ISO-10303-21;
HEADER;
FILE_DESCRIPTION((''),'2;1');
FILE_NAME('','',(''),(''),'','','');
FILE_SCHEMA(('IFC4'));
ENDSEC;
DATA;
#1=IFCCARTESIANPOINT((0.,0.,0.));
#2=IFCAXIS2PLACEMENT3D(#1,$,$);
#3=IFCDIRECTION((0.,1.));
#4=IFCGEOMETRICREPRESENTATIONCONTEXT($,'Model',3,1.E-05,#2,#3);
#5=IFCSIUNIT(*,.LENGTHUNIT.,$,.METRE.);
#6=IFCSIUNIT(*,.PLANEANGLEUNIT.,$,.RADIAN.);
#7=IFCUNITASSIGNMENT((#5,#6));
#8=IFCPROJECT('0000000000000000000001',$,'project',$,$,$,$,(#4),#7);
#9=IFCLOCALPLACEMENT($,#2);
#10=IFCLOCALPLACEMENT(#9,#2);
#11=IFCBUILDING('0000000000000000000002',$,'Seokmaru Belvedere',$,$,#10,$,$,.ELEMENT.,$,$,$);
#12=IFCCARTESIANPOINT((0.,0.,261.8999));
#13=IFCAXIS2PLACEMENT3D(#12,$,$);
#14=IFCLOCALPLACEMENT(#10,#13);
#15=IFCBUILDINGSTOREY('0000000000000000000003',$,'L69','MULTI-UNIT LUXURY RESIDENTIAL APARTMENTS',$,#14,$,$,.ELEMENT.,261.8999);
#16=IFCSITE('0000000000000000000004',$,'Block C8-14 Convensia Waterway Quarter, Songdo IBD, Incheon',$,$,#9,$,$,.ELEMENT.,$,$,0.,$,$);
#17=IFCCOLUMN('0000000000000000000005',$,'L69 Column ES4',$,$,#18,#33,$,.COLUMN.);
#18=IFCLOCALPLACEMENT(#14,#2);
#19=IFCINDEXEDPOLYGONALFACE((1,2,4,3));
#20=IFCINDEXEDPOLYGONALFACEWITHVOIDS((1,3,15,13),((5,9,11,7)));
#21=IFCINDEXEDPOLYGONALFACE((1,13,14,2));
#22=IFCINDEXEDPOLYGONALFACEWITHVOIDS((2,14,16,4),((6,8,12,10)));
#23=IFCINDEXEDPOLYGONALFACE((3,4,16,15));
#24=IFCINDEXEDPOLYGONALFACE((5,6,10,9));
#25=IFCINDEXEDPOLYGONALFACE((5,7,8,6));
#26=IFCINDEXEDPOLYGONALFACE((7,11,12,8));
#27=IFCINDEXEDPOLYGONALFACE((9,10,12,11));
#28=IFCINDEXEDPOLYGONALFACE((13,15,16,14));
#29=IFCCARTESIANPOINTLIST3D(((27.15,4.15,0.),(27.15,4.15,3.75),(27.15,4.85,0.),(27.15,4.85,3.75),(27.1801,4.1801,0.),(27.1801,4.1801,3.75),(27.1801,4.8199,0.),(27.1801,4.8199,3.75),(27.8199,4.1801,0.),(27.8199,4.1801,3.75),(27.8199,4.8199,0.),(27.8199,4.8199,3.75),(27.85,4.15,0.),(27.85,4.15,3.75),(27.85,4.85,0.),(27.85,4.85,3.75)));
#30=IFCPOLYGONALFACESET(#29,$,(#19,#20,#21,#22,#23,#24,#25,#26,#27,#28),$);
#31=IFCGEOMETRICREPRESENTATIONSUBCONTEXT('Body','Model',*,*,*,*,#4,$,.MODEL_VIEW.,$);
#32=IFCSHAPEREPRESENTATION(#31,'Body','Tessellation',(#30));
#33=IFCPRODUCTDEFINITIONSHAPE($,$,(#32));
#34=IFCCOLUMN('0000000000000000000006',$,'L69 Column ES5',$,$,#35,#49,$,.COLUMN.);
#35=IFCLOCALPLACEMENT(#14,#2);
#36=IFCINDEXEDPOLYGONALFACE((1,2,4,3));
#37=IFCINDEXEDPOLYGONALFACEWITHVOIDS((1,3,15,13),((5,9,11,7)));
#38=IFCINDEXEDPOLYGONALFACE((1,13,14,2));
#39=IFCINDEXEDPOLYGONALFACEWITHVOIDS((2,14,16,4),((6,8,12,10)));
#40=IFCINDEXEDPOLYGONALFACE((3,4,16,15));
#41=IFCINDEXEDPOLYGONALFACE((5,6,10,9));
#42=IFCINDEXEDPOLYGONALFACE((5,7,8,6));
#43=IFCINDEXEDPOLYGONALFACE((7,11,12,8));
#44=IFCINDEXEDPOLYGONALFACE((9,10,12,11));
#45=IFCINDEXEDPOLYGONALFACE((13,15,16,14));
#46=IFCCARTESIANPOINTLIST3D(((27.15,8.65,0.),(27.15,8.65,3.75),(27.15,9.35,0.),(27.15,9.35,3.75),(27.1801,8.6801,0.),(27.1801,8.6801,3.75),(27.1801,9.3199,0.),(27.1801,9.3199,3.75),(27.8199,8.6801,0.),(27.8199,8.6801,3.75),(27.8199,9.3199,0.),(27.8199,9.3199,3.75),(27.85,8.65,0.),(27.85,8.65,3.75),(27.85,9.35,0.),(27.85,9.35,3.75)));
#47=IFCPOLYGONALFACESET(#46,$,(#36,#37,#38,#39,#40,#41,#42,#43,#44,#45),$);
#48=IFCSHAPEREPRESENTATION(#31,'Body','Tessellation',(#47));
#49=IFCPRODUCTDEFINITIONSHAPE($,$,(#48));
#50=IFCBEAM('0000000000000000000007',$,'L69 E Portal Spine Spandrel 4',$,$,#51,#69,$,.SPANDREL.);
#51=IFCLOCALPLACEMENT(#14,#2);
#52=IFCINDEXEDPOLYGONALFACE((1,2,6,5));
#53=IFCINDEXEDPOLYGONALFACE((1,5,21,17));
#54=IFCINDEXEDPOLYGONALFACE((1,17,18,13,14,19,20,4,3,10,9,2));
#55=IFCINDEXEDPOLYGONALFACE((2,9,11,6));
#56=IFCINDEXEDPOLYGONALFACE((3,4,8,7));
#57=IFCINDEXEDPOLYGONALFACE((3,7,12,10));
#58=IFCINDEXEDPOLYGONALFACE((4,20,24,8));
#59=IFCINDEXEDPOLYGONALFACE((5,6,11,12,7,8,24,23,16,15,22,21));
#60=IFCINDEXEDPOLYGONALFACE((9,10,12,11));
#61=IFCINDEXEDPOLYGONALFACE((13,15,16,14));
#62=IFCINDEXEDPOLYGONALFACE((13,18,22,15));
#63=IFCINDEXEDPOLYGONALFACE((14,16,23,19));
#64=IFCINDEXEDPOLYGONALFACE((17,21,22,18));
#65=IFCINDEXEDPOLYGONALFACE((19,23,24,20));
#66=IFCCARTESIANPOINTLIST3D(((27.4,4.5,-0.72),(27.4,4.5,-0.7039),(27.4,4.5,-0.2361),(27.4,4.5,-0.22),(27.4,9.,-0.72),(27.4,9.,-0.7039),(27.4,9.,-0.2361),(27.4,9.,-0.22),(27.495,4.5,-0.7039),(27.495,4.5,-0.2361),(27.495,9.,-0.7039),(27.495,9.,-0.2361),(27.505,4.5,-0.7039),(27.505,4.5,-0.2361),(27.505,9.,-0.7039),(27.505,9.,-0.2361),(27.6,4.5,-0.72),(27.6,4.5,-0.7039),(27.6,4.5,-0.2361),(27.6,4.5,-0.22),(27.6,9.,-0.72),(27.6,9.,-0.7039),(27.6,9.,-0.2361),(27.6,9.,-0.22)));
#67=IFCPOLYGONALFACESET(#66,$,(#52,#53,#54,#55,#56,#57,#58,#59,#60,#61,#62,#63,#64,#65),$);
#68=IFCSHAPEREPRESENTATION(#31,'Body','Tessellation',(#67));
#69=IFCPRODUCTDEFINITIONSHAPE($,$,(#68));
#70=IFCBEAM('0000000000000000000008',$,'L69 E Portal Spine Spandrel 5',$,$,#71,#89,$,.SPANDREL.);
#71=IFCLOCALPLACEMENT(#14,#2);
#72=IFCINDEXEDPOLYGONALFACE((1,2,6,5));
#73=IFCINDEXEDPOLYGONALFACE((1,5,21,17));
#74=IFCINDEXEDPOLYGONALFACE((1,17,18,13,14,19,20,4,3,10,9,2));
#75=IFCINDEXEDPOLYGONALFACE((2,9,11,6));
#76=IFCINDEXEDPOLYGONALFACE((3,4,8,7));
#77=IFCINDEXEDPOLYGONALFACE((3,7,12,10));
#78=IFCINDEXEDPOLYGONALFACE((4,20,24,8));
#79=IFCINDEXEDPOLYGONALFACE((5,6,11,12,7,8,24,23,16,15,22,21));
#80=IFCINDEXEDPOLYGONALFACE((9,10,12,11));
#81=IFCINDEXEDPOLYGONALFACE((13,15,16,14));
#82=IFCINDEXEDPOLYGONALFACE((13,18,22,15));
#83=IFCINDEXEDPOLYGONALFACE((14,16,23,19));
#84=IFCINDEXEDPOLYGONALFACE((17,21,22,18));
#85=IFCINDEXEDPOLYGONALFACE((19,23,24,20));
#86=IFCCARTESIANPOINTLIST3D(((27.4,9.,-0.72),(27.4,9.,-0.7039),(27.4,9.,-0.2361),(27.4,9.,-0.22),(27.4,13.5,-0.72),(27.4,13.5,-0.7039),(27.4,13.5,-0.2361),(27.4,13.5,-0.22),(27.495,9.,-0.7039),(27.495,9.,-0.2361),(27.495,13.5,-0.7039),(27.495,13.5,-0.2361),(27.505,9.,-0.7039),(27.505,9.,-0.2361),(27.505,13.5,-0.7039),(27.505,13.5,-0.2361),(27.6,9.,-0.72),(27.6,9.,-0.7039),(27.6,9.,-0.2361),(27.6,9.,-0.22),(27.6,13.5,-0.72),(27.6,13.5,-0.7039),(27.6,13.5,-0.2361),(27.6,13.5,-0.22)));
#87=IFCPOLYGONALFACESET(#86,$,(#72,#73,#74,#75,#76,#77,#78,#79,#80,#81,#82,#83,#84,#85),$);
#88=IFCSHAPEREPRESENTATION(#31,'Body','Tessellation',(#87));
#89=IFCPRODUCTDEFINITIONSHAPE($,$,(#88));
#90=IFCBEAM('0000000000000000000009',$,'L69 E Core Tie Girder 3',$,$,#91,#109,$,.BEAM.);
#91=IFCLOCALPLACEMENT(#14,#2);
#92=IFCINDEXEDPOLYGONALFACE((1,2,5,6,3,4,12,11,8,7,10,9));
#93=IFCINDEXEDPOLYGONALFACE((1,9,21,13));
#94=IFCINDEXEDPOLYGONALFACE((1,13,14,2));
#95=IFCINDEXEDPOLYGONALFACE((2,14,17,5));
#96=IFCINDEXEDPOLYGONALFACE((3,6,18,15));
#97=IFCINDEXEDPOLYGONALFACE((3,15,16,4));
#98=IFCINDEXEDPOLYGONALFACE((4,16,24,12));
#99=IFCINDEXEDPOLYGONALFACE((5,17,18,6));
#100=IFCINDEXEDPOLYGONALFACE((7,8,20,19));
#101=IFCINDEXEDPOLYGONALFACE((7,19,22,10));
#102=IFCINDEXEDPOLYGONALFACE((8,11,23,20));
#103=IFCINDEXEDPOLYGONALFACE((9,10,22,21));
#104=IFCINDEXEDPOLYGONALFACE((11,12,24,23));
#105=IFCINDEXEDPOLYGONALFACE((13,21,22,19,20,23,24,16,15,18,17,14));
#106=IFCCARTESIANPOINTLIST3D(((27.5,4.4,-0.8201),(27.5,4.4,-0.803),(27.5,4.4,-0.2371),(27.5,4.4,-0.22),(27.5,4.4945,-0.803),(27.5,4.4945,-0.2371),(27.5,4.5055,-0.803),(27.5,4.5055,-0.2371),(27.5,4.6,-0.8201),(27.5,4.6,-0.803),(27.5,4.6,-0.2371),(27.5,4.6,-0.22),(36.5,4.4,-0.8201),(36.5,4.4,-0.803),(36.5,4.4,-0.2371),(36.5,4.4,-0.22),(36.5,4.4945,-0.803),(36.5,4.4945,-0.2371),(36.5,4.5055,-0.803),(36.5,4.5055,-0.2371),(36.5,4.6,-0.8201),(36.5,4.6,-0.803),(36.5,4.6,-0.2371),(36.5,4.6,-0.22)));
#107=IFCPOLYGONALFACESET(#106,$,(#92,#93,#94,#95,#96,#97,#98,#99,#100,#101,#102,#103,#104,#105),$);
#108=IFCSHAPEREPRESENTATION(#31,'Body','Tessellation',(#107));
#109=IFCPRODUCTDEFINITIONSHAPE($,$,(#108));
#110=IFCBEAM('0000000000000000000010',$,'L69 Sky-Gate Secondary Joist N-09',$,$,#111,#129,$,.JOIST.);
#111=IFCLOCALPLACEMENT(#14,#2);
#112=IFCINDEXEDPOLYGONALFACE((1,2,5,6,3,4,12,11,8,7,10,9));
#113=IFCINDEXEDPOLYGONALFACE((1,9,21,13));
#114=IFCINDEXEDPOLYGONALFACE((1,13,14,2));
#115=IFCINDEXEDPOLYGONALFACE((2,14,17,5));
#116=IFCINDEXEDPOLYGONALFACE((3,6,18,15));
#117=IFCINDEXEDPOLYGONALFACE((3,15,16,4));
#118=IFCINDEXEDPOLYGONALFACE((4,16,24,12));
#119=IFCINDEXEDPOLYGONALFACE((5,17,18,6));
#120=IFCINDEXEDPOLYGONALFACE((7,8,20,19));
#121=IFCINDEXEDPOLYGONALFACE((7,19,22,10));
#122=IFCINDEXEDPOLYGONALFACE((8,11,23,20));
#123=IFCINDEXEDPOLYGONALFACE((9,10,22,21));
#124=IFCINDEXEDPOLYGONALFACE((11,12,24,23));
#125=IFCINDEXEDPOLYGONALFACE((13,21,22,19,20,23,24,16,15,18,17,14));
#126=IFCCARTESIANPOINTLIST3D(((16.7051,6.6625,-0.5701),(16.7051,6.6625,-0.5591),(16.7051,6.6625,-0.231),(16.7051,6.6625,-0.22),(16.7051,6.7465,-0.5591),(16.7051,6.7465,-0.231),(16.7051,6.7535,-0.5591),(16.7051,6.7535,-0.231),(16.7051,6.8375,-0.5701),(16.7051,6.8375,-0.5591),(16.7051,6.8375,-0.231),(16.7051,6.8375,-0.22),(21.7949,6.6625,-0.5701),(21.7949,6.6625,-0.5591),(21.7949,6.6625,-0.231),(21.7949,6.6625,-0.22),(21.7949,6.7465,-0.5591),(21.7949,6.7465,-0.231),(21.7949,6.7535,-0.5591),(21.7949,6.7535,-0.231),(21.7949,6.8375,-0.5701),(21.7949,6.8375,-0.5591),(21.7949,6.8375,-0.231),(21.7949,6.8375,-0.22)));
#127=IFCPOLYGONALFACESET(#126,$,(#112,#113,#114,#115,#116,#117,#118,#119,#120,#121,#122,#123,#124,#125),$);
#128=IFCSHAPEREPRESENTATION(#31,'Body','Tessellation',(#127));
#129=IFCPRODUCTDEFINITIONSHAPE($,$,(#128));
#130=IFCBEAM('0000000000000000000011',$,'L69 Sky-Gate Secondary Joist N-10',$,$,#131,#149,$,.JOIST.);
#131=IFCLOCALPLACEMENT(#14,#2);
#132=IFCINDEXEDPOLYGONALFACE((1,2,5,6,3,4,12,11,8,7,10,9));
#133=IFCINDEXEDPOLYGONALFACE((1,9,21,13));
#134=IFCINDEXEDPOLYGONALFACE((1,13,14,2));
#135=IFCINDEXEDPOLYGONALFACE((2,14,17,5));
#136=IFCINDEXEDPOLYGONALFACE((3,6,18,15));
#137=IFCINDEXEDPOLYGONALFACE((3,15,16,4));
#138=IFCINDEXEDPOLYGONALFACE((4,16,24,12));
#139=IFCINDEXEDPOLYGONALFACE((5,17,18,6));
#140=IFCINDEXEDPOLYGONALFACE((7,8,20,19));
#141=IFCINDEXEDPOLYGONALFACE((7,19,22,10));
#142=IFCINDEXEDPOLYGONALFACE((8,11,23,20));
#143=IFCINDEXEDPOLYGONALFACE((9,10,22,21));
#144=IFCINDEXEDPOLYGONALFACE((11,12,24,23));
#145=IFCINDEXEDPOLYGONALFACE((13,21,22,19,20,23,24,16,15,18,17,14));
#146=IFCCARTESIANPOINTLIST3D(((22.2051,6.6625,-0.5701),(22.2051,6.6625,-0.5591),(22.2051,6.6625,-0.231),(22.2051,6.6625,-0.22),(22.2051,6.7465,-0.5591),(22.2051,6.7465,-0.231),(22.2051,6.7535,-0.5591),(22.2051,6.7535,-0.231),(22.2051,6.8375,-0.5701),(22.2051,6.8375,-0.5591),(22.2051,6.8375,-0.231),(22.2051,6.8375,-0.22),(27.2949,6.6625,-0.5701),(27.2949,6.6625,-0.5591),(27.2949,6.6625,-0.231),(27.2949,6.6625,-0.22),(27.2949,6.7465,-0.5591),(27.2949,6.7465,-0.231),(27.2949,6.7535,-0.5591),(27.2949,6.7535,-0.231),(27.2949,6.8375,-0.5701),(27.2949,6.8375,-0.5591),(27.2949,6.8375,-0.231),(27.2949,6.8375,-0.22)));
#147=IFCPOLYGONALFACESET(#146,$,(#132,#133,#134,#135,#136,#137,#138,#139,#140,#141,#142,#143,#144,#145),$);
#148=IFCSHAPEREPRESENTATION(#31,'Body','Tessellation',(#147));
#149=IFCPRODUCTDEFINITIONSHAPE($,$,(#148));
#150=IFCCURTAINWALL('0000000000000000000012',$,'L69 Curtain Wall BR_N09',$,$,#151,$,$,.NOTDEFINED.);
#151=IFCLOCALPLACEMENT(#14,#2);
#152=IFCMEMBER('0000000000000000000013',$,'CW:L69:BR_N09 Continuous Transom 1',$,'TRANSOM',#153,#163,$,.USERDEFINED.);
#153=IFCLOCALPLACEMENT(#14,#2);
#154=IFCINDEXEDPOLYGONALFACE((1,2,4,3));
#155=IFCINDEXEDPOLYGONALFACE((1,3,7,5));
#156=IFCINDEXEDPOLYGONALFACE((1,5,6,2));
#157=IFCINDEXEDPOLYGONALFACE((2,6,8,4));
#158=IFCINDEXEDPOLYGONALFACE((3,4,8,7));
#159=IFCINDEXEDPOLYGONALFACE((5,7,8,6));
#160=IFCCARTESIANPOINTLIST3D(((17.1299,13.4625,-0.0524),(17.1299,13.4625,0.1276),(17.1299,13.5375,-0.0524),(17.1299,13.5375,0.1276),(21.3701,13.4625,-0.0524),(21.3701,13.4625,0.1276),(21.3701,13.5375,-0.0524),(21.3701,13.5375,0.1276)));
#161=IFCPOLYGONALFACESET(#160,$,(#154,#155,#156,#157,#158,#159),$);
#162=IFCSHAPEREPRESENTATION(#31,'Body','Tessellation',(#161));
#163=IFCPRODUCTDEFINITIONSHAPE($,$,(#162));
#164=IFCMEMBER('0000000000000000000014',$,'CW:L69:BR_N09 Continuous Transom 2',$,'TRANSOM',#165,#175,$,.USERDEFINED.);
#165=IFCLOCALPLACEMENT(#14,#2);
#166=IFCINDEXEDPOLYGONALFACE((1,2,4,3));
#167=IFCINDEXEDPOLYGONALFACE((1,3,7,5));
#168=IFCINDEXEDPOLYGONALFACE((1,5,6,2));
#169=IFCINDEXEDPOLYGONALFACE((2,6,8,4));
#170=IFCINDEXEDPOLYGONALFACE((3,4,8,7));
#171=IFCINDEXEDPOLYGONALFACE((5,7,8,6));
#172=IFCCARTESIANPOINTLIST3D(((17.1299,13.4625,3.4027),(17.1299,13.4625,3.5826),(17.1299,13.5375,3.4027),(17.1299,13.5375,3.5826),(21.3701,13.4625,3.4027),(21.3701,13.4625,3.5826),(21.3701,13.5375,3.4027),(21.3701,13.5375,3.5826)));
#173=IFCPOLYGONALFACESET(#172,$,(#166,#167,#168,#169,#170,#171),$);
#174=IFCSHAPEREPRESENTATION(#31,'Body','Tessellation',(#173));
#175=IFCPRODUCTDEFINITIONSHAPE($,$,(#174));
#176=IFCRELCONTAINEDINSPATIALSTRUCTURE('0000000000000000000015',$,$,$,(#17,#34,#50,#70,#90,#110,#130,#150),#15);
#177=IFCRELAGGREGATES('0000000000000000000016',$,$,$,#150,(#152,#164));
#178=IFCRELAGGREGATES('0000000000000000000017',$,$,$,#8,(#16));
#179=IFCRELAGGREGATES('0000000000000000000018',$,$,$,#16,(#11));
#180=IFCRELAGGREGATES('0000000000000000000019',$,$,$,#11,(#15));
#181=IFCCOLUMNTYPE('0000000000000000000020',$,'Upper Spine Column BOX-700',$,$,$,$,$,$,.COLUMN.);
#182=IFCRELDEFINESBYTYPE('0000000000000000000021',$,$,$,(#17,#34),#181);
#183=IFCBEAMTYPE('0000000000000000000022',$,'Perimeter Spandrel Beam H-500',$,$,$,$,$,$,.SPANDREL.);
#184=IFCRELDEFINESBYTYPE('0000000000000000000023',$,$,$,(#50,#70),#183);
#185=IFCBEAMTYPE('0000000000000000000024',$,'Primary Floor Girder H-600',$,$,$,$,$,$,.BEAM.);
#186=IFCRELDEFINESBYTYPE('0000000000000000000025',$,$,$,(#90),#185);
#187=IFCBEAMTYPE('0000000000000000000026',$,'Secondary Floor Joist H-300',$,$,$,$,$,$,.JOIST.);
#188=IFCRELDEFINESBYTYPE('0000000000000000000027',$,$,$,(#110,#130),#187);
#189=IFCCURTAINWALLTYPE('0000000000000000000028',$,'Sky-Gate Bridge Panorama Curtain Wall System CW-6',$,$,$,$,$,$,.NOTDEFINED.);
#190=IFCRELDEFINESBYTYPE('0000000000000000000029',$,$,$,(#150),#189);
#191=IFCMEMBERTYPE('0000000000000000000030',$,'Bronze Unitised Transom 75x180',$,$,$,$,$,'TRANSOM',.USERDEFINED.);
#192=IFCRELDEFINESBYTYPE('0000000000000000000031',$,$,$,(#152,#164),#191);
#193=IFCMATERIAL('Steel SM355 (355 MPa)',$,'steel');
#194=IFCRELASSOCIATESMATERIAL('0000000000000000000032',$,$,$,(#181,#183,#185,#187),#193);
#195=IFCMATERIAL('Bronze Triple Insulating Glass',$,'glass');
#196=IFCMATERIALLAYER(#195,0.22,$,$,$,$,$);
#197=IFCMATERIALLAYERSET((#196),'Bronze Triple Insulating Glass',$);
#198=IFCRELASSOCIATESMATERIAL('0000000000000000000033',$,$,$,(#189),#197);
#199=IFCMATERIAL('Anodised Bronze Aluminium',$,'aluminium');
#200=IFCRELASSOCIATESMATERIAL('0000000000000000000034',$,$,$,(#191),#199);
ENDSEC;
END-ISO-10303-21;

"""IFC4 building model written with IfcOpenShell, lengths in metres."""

from ifc_helpers import new_model, si_unit, direction, frame, origin, origin_2d, place, context, subcontext, project, spatial, rectangle, hollow_rectangle, i_section, extrude, source, transform, mapped, material, layer, layer_set, material_profile, profile_set, type_object, type_shapes, element, aggregate, save


model = new_model("IFC4")

# Units and contexts
model_context = context("Model", 3, precision=1e-05, world=origin(), true_north=direction((0.0, 1.0)))
body_context = subcontext(model_context, "Body", "Model", "MODEL_VIEW")
ifc_project = project(units=[si_unit("LENGTHUNIT", "METRE"), si_unit("PLANEANGLEUNIT", "RADIAN")], contexts=[model_context])

# Site, building, storey
site_placement = place(None, origin())
site = spatial("IfcSite", under=ifc_project, at=site_placement, Name="Block C8-14 Convensia Waterway Quarter, Songdo IBD, Incheon", CompositionType="ELEMENT", RefElevation=0.0)
building_placement = place(site_placement, origin())
building = spatial("IfcBuilding", under=site, at=building_placement, Name="Seokmaru Belvedere", CompositionType="ELEMENT")
storey_placement = place(building_placement, frame((0.0, 0.0, 261.8999)))
storey = spatial("IfcBuildingStorey", under=building, at=storey_placement, Name="L69", Description="MULTI-UNIT LUXURY RESIDENTIAL APARTMENTS", CompositionType="ELEMENT", Elevation=261.8999)

# Columns
ifc_material_1 = material(Name="Steel SM355 (355 MPa)", Category="steel")
ifc_material_profile_1 = material_profile(ifc_material_1, hollow_rectangle(XDim=0.7, YDim=0.7, WallThickness=0.03, at=origin_2d()), Name="BOX-700x700x30")
ifc_profile_set_1 = profile_set([ifc_material_profile_1], Name="Steel SM355 (355 MPa)")
column_type = type_object("IfcColumnType", Name="Upper Spine Column BOX-700", PredefinedType="COLUMN", material=ifc_profile_set_1)
shared_shape_1 = source(origin(), body_context, "Body", "SweptSolid", [
    extrude(hollow_rectangle(XDim=0.7, YDim=0.7, WallThickness=0.03, at=origin_2d()), origin(), (0.0, 0.0, 1.0), 3.75),
])
type_shapes(column_type, [shared_shape_1])
for number, where, z_axis, x_axis, name in (
    (1, (27.5, 4.5, 0.0), (0.0, 0.0, 1.0), (1.0, 0.0, 0.0), "L69 Column ES4"),
    (2, (27.5, 9.0, 0.0), (0.0, 0.0, 1.0), (1.0, 0.0, 0.0), "L69 Column ES5"),
):
    element("IfcColumn", number, at=place(storey_placement, frame(where, z_axis=z_axis, x_axis=x_axis)), inside=storey, type_object=column_type, Name=name, PredefinedType="COLUMN", context=body_context, shape_type="MappedRepresentation", body=[
        mapped(shared_shape_1, transform((0.0, 0.0, 0.0), scale=1.0)),
    ])

# Beams
ifc_material_profile_2 = material_profile(ifc_material_1, i_section(OverallWidth=0.2, OverallDepth=0.5, WebThickness=0.01, FlangeThickness=0.0161, at=origin_2d()), Name="H-500x200x10x16")
ifc_profile_set_2 = profile_set([ifc_material_profile_2], Name="Steel SM355 (355 MPa)")
beam_type_1 = type_object("IfcBeamType", Name="Perimeter Spandrel Beam H-500", PredefinedType="SPANDREL", material=ifc_profile_set_2)
shared_shape_2 = source(origin(), body_context, "Body", "SweptSolid", [
    extrude(i_section(OverallWidth=0.2, OverallDepth=0.5, WebThickness=0.01, FlangeThickness=0.0161, at=origin_2d()), origin(), (0.0, 0.0, 1.0), 4.5),
])
type_shapes(beam_type_1, [shared_shape_2])
for number, where, z_axis, x_axis, name in (
    (3, (27.5, 4.5, -0.47), (0.0, 1.0, 0.0), (-1.0, 0.0, 0.0), "L69 E Portal Spine Spandrel 4"),
    (4, (27.5, 9.0, -0.47), (0.0, 1.0, 0.0), (-1.0, 0.0, 0.0), "L69 E Portal Spine Spandrel 5"),
):
    element("IfcBeam", number, at=place(storey_placement, frame(where, z_axis=z_axis, x_axis=x_axis)), inside=storey, type_object=beam_type_1, Name=name, PredefinedType="SPANDREL", context=body_context, shape_type="MappedRepresentation", body=[
        mapped(shared_shape_2, transform((0.0, 0.0, 0.0), scale=1.0)),
    ])
ifc_material_profile_3 = material_profile(ifc_material_1, i_section(OverallWidth=0.2, OverallDepth=0.6001, WebThickness=0.011, FlangeThickness=0.0171, at=origin_2d()), Name="H-600x200x11x17")
ifc_profile_set_3 = profile_set([ifc_material_profile_3], Name="Steel SM355 (355 MPa)")
beam_type_2 = type_object("IfcBeamType", Name="Primary Floor Girder H-600", PredefinedType="BEAM", material=ifc_profile_set_3)
shared_shape_3 = source(origin(), body_context, "Body", "SweptSolid", [
    extrude(i_section(OverallWidth=0.2, OverallDepth=0.6001, WebThickness=0.011, FlangeThickness=0.0171, at=origin_2d()), origin(), (0.0, 0.0, 1.0), 9.0),
])
type_shapes(beam_type_2, [shared_shape_3])
beam_placement = place(storey_placement, frame((27.5, 4.5, -0.52), z_axis=(1.0, 0.0, 0.0), x_axis=(0.0, 1.0, 0.0)))
element("IfcBeam", 5, at=beam_placement, inside=storey, type_object=beam_type_2, Name="L69 E Core Tie Girder 3", PredefinedType="BEAM", context=body_context, shape_type="MappedRepresentation", body=[
    mapped(shared_shape_3, transform((0.0, 0.0, 0.0), scale=1.0)),
])
ifc_material_profile_4 = material_profile(ifc_material_1, i_section(OverallWidth=0.175, OverallDepth=0.3501, WebThickness=0.0071, FlangeThickness=0.011, at=origin_2d()), Name="H-350x175x7x11")
ifc_profile_set_4 = profile_set([ifc_material_profile_4], Name="Steel SM355 (355 MPa)")
beam_type_3 = type_object("IfcBeamType", Name="Secondary Floor Joist H-300", PredefinedType="JOIST", material=ifc_profile_set_4)
shared_shape_4 = source(origin(), body_context, "Body", "SweptSolid", [
    extrude(i_section(OverallWidth=0.175, OverallDepth=0.3501, WebThickness=0.0071, FlangeThickness=0.011, at=origin_2d()), origin(), (0.0, 0.0, 1.0), 5.0898),
])
type_shapes(beam_type_3, [shared_shape_4])
for number, where, z_axis, x_axis, name in (
    (6, (16.7051, 6.75, -0.395), (1.0, 0.0, 0.0), (0.0, 1.0, 0.0), "L69 Sky-Gate Secondary Joist N-09"),
    (7, (22.2051, 6.75, -0.395), (1.0, 0.0, 0.0), (0.0, 1.0, 0.0), "L69 Sky-Gate Secondary Joist N-10"),
):
    element("IfcBeam", number, at=place(storey_placement, frame(where, z_axis=z_axis, x_axis=x_axis)), inside=storey, type_object=beam_type_3, Name=name, PredefinedType="JOIST", context=body_context, shape_type="MappedRepresentation", body=[
        mapped(shared_shape_4, transform((0.0, 0.0, 0.0), scale=1.0)),
    ])

# Curtain wall, members
ifc_material_2 = material(Name="Bronze Triple Insulating Glass", Category="glass")
ifc_layer_1 = layer(ifc_material_2, 0.22)
ifc_layer_set_1 = layer_set([ifc_layer_1], Name="Bronze Triple Insulating Glass")
curtain_wall_type = type_object("IfcCurtainWallType", Name="Sky-Gate Bridge Panorama Curtain Wall System CW-6", PredefinedType="NOTDEFINED", material=ifc_layer_set_1)
curtain_wall_placement = place(storey_placement, origin())
curtain_wall = element("IfcCurtainWall", 8, at=curtain_wall_placement, inside=storey, type_object=curtain_wall_type, Name="L69 Curtain Wall BR_N09", PredefinedType="NOTDEFINED")
ifc_material_3 = material(Name="Anodised Bronze Aluminium", Category="aluminium")
ifc_material_profile_5 = material_profile(ifc_material_3, rectangle(XDim=0.075, YDim=0.1799, at=origin_2d()), Name="CW-T-75x180")
ifc_profile_set_5 = profile_set([ifc_material_profile_5], Name="Anodised Bronze Aluminium")
member_type_1 = type_object("IfcMemberType", Name="Bronze Unitised Transom 75x180", ElementType="TRANSOM", PredefinedType="USERDEFINED", material=ifc_profile_set_5)
shared_shape_5 = source(origin(), body_context, "Body", "SweptSolid", [
    extrude(rectangle(XDim=0.075, YDim=0.1799, at=origin_2d()), origin(), (0.0, 0.0, 1.0), 4.2402),
])
type_shapes(member_type_1, [shared_shape_5])
member_1_placement = place(storey_placement, frame((21.3701, 13.5, 0.0376), z_axis=(-1.0, 0.0, 0.0), x_axis=(0.0, -1.0, 0.0)))
member_1 = element("IfcMember", 9, at=member_1_placement, type_object=member_type_1, Name="CW:L69:BR_N09 Continuous Transom 1", ObjectType="TRANSOM", PredefinedType="USERDEFINED", context=body_context, shape_type="MappedRepresentation", body=[
    mapped(shared_shape_5, transform((0.0, 0.0, 0.0), scale=1.0)),
])
member_2_placement = place(storey_placement, frame((21.3701, 13.5, 3.4927), z_axis=(-1.0, 0.0, 0.0), x_axis=(0.0, -1.0, 0.0)))
member_2 = element("IfcMember", 10, at=member_2_placement, type_object=member_type_1, Name="CW:L69:BR_N09 Continuous Transom 2", ObjectType="TRANSOM", PredefinedType="USERDEFINED", context=body_context, shape_type="MappedRepresentation", body=[
    mapped(shared_shape_5, transform((0.0, 0.0, 0.0), scale=1.0)),
])
aggregate(curtain_wall, [member_1, member_2])

save(model, "model.ifc")
